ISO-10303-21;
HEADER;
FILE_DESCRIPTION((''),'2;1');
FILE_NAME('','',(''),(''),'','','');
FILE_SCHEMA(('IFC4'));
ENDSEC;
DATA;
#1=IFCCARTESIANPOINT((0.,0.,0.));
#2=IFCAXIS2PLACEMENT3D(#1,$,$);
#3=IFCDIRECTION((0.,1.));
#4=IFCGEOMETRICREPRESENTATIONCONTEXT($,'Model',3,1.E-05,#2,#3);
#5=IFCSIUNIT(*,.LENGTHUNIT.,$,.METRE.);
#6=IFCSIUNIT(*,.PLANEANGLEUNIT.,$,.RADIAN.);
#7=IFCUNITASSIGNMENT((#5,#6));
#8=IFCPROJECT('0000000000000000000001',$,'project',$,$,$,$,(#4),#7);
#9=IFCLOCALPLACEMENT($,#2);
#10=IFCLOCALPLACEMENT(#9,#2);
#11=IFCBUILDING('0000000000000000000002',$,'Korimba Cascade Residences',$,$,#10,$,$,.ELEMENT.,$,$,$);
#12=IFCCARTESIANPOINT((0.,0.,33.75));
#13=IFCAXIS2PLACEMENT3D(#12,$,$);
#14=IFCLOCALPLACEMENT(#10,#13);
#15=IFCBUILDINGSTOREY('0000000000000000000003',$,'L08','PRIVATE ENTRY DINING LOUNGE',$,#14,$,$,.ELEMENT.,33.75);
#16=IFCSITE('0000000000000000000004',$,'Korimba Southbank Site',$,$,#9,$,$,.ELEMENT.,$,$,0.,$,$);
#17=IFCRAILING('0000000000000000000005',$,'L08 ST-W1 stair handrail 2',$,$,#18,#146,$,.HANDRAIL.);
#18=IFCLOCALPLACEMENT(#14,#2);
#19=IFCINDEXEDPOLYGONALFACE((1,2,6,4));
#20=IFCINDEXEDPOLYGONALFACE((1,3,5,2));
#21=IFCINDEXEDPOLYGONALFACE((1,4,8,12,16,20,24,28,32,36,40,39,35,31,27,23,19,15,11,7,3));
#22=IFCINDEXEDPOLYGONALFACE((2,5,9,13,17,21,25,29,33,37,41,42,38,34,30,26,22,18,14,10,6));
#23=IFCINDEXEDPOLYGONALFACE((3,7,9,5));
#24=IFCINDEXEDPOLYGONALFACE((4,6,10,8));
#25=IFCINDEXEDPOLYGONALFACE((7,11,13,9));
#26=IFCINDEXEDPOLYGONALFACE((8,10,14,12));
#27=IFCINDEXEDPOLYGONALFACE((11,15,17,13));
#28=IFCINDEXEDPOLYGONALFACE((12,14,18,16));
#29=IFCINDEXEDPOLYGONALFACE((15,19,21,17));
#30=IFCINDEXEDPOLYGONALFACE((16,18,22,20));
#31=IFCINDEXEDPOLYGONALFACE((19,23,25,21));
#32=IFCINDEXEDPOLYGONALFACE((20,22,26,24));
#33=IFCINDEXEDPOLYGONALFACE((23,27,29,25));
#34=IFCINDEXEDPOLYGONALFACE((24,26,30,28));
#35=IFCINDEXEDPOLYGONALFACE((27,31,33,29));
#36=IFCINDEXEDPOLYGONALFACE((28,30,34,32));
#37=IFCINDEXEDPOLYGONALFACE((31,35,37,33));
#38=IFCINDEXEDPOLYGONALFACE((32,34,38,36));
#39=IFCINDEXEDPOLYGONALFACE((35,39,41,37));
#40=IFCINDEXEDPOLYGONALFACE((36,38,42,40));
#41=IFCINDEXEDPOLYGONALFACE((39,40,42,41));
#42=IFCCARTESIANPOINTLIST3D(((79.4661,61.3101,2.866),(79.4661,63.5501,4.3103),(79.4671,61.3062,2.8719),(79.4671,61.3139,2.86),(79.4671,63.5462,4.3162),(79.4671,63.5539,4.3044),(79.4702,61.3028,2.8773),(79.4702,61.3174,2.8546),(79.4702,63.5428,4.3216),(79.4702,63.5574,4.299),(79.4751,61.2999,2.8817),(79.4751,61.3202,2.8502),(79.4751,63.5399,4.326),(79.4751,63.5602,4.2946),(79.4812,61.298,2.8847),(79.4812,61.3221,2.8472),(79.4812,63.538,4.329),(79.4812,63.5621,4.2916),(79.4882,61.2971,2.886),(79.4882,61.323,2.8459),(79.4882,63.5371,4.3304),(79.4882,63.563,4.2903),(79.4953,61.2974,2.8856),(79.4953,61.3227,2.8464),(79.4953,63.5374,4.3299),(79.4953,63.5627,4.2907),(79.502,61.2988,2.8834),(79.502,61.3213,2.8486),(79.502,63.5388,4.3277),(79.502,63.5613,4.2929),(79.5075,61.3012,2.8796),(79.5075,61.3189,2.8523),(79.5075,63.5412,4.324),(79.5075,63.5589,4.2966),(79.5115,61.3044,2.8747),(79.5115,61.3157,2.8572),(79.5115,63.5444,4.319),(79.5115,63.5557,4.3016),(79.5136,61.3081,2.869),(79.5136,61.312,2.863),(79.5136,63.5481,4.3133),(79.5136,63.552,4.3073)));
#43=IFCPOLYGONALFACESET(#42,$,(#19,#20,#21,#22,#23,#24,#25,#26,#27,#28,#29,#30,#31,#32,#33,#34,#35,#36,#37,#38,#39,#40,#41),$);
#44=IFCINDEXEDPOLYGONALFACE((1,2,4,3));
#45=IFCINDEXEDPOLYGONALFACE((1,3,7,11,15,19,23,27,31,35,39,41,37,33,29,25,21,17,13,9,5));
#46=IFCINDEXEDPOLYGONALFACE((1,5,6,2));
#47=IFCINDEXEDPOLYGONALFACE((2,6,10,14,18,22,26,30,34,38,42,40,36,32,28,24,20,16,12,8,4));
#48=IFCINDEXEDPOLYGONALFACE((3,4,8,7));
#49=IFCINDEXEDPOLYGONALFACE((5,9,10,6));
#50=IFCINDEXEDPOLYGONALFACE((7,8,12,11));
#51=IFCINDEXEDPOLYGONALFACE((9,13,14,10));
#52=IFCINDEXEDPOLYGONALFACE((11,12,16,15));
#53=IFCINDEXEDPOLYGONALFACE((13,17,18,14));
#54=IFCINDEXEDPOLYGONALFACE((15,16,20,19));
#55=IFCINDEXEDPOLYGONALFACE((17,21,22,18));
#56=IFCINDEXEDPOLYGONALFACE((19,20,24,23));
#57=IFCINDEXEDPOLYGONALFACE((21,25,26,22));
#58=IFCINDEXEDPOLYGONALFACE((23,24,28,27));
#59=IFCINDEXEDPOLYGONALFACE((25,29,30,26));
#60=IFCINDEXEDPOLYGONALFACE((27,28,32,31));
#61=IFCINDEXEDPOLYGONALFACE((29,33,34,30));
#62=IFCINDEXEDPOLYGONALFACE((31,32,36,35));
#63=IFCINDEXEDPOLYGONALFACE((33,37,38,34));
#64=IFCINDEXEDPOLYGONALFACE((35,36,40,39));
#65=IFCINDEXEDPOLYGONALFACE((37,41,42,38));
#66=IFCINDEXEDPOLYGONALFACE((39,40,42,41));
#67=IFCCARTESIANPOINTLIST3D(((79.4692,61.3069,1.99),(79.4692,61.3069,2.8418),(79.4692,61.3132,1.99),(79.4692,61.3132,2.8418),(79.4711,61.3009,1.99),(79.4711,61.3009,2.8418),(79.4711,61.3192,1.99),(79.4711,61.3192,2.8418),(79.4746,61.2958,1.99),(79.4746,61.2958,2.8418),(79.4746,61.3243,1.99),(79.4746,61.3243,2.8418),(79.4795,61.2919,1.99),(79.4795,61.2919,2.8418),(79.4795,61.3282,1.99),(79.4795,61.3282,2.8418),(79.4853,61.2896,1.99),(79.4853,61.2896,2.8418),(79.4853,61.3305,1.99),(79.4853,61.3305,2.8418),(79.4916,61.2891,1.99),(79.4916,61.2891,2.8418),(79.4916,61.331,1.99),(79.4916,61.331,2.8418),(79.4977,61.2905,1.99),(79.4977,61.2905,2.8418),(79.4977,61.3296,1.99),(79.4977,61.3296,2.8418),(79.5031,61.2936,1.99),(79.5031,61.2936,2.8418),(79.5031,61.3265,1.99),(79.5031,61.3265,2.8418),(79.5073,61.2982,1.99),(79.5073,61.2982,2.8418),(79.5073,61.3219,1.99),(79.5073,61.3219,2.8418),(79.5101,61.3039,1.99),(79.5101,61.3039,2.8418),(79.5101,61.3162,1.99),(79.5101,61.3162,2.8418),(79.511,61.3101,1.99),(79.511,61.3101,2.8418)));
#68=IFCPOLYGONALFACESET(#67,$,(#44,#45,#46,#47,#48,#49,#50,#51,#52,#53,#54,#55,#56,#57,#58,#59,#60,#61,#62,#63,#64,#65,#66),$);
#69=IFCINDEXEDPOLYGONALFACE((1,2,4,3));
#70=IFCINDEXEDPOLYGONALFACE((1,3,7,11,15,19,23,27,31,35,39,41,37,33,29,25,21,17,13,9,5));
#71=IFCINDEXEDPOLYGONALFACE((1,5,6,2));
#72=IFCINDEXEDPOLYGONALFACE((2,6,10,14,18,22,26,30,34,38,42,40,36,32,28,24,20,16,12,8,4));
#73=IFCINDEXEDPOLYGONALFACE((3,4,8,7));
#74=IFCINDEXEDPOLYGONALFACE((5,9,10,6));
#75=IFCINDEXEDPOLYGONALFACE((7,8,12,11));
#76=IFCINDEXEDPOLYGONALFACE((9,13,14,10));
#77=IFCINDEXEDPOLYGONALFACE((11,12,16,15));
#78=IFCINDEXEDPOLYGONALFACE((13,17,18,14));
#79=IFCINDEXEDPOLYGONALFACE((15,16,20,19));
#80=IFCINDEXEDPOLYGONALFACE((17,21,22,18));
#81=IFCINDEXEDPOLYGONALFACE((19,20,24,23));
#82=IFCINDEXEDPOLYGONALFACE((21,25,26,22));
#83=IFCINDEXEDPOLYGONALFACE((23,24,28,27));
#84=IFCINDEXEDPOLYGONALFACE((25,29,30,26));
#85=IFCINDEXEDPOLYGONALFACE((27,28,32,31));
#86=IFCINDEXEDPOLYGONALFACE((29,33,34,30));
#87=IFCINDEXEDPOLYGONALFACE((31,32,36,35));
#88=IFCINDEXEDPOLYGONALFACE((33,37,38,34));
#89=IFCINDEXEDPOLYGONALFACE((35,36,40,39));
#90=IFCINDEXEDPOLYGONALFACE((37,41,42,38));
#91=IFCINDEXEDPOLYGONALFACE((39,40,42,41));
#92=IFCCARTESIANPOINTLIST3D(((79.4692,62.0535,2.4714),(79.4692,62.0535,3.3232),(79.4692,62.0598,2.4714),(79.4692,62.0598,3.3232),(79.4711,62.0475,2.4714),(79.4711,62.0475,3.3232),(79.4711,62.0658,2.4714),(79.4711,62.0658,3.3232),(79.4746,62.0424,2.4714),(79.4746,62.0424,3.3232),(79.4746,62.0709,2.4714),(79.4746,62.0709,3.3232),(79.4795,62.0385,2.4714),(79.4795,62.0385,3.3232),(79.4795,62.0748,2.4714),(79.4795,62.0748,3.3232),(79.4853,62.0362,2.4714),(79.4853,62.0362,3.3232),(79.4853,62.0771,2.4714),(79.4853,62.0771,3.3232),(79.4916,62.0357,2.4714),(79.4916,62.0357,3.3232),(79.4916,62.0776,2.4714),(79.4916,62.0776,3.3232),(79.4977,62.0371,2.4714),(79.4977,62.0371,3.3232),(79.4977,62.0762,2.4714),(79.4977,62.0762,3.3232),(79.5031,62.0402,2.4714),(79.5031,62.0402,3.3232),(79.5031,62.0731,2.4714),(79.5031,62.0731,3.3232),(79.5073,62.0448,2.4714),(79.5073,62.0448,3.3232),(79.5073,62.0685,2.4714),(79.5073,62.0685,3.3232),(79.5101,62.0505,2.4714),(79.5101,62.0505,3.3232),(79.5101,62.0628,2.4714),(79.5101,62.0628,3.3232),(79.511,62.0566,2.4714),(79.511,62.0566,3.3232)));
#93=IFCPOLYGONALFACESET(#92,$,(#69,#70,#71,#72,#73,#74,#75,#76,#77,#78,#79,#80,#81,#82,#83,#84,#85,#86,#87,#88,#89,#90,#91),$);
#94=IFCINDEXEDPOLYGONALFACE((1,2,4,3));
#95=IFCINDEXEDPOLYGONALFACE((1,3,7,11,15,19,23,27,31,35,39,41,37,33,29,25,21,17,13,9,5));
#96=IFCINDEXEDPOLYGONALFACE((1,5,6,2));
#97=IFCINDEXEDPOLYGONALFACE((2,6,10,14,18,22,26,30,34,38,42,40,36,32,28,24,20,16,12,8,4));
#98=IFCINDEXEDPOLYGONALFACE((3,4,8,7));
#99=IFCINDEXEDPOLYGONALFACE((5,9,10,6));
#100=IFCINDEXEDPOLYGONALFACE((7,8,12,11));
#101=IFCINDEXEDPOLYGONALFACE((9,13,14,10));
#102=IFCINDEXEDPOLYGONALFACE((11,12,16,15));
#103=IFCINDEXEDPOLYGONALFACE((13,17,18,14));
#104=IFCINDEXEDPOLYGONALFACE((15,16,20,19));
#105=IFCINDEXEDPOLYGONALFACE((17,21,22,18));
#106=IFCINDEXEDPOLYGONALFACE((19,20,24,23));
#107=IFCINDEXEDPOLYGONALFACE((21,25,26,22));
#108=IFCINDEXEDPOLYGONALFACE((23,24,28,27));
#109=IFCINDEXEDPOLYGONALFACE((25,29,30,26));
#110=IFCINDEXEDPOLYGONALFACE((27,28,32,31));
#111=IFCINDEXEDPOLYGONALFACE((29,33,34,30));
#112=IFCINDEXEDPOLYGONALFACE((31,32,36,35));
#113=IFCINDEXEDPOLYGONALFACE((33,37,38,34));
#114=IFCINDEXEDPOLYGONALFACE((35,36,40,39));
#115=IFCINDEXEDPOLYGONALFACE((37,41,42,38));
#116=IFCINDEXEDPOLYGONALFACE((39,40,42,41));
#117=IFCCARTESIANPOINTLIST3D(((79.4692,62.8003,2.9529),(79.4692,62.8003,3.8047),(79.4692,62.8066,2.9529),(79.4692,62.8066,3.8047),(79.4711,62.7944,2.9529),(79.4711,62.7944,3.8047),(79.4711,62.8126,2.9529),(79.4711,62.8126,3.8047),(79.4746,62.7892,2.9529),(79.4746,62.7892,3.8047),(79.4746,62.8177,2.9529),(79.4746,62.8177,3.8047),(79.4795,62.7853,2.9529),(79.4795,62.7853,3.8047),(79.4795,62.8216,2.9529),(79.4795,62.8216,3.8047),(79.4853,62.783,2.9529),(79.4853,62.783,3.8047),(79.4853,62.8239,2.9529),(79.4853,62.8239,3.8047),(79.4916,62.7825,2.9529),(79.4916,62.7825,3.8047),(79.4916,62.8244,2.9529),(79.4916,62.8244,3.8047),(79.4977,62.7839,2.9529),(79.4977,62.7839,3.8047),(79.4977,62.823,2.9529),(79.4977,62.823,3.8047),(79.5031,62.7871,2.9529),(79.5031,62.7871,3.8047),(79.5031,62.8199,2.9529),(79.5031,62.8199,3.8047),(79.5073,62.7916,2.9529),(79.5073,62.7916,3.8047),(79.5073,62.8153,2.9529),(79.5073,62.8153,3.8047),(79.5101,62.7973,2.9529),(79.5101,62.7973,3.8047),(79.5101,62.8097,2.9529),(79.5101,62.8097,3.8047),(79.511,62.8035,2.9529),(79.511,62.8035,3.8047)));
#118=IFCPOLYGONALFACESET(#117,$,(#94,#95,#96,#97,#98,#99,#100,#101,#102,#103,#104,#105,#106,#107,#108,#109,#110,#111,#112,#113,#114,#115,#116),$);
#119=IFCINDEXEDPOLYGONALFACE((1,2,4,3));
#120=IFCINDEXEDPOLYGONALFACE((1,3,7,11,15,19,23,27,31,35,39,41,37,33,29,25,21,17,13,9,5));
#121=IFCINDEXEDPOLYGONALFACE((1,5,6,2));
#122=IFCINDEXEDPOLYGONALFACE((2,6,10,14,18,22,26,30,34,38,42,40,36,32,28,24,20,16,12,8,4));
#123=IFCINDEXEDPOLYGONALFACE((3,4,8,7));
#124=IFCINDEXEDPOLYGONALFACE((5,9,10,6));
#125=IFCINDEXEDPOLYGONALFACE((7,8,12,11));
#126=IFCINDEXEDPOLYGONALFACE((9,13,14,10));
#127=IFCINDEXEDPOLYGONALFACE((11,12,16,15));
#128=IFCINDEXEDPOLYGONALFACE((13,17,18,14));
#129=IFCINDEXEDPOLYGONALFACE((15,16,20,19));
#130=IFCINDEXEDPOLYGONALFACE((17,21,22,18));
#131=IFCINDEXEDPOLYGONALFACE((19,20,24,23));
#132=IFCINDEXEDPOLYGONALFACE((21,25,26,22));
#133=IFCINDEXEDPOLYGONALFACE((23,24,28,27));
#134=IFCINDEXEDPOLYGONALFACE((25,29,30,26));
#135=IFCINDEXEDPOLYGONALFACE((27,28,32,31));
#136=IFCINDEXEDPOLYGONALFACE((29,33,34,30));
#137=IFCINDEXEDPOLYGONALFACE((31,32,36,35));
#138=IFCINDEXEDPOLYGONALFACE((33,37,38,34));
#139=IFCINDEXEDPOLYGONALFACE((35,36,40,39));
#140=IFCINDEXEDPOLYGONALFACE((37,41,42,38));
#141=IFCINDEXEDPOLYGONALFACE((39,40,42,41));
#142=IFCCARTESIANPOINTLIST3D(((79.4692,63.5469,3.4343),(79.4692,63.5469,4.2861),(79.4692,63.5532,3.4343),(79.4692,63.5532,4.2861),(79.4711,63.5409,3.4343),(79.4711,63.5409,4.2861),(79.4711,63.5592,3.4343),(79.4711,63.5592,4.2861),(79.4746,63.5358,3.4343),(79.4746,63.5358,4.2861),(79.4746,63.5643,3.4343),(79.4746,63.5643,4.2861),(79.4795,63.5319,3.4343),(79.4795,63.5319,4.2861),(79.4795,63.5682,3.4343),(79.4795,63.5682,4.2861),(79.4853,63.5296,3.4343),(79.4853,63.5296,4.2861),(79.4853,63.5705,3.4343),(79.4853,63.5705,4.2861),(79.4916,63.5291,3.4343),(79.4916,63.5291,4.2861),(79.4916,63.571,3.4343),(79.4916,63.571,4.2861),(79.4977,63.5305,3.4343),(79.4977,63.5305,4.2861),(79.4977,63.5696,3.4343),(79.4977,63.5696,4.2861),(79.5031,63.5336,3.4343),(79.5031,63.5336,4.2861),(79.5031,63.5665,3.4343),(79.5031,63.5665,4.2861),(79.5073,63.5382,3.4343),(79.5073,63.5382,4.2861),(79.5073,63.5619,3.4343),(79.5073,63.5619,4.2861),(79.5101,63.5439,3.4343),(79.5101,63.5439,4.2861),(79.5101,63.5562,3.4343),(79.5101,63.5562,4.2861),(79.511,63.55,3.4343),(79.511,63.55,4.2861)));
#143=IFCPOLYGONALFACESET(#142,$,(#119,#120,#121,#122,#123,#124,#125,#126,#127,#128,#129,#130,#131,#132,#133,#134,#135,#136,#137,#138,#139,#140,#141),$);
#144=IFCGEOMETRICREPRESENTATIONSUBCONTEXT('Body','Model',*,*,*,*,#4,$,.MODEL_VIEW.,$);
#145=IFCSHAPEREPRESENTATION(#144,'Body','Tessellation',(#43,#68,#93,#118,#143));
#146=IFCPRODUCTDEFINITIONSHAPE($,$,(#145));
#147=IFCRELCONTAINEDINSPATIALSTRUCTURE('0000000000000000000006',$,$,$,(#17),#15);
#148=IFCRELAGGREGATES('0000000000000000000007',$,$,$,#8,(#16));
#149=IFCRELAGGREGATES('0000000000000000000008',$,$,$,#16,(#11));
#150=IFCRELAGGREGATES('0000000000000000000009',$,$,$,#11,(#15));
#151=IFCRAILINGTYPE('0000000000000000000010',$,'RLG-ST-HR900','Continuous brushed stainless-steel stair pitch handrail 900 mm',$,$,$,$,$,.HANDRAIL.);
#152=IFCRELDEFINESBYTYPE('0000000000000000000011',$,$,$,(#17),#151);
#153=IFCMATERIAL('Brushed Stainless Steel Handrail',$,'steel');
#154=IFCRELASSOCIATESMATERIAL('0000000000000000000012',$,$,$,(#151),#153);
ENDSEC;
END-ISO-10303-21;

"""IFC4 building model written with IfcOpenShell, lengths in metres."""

from ifc_helpers import new_model, si_unit, direction, frame, origin, origin_2d, place, context, subcontext, project, spatial, circle, extrude, material, type_object, element, save


model = new_model("IFC4")

# Units and contexts
model_context = context("Model", 3, precision=1e-05, world=origin(), true_north=direction((0.0, 1.0)))
body_context = subcontext(model_context, "Body", "Model", "MODEL_VIEW")
ifc_project = project(units=[si_unit("LENGTHUNIT", "METRE"), si_unit("PLANEANGLEUNIT", "RADIAN")], contexts=[model_context])

# Site, building, storey
site_placement = place(None, origin())
site = spatial("IfcSite", under=ifc_project, at=site_placement, Name="Korimba Southbank Site", CompositionType="ELEMENT", RefElevation=0.0)
building_placement = place(site_placement, origin())
building = spatial("IfcBuilding", under=site, at=building_placement, Name="Korimba Cascade Residences", CompositionType="ELEMENT")
storey_placement = place(building_placement, frame((0.0, 0.0, 33.75)))
storey = spatial("IfcBuildingStorey", under=building, at=storey_placement, Name="L08", Description="PRIVATE ENTRY DINING LOUNGE", CompositionType="ELEMENT", Elevation=33.75)

# Railing
ifc_material_1 = material(Name="Brushed Stainless Steel Handrail", Category="steel")
railing_type_1 = type_object("IfcRailingType", Name="RLG-ST-HR900", Description="Continuous brushed stainless-steel stair pitch handrail 900 mm", PredefinedType="HANDRAIL", material=ifc_material_1)
railing_1_placement = place(storey_placement, frame((79.49, 61.3101, 1.99)))
element("IfcRailing", 1, at=railing_1_placement, inside=storey, type_object=railing_type_1, Name="L08 ST-W1 stair handrail 2", PredefinedType="HANDRAIL", context=body_context, shape_type="SweptSolid", body=[
    extrude(circle(Radius=0.0239, at=origin_2d()), frame((0.0, 0.0, 0.876), z_axis=(0.0, 0.840437, 0.54191), x_axis=(-1.0, 0.0, 0.0)), (0.0, 0.0, 1.0), 2.6653),
    extrude(circle(Radius=0.021, at=origin_2d()), origin(), (0.0, 0.0, 1.0), 0.8518),
    extrude(circle(Radius=0.021, at=origin_2d()), frame((0.0, 0.7466, 0.4814)), (0.0, 0.0, 1.0), 0.8518),
    extrude(circle(Radius=0.021, at=origin_2d()), frame((0.0, 1.4934, 0.9629)), (0.0, 0.0, 1.0), 0.8518),
    extrude(circle(Radius=0.021, at=origin_2d()), frame((0.0, 2.24, 1.4443)), (0.0, 0.0, 1.0), 0.8518),
])

save(model, "model.ifc")
